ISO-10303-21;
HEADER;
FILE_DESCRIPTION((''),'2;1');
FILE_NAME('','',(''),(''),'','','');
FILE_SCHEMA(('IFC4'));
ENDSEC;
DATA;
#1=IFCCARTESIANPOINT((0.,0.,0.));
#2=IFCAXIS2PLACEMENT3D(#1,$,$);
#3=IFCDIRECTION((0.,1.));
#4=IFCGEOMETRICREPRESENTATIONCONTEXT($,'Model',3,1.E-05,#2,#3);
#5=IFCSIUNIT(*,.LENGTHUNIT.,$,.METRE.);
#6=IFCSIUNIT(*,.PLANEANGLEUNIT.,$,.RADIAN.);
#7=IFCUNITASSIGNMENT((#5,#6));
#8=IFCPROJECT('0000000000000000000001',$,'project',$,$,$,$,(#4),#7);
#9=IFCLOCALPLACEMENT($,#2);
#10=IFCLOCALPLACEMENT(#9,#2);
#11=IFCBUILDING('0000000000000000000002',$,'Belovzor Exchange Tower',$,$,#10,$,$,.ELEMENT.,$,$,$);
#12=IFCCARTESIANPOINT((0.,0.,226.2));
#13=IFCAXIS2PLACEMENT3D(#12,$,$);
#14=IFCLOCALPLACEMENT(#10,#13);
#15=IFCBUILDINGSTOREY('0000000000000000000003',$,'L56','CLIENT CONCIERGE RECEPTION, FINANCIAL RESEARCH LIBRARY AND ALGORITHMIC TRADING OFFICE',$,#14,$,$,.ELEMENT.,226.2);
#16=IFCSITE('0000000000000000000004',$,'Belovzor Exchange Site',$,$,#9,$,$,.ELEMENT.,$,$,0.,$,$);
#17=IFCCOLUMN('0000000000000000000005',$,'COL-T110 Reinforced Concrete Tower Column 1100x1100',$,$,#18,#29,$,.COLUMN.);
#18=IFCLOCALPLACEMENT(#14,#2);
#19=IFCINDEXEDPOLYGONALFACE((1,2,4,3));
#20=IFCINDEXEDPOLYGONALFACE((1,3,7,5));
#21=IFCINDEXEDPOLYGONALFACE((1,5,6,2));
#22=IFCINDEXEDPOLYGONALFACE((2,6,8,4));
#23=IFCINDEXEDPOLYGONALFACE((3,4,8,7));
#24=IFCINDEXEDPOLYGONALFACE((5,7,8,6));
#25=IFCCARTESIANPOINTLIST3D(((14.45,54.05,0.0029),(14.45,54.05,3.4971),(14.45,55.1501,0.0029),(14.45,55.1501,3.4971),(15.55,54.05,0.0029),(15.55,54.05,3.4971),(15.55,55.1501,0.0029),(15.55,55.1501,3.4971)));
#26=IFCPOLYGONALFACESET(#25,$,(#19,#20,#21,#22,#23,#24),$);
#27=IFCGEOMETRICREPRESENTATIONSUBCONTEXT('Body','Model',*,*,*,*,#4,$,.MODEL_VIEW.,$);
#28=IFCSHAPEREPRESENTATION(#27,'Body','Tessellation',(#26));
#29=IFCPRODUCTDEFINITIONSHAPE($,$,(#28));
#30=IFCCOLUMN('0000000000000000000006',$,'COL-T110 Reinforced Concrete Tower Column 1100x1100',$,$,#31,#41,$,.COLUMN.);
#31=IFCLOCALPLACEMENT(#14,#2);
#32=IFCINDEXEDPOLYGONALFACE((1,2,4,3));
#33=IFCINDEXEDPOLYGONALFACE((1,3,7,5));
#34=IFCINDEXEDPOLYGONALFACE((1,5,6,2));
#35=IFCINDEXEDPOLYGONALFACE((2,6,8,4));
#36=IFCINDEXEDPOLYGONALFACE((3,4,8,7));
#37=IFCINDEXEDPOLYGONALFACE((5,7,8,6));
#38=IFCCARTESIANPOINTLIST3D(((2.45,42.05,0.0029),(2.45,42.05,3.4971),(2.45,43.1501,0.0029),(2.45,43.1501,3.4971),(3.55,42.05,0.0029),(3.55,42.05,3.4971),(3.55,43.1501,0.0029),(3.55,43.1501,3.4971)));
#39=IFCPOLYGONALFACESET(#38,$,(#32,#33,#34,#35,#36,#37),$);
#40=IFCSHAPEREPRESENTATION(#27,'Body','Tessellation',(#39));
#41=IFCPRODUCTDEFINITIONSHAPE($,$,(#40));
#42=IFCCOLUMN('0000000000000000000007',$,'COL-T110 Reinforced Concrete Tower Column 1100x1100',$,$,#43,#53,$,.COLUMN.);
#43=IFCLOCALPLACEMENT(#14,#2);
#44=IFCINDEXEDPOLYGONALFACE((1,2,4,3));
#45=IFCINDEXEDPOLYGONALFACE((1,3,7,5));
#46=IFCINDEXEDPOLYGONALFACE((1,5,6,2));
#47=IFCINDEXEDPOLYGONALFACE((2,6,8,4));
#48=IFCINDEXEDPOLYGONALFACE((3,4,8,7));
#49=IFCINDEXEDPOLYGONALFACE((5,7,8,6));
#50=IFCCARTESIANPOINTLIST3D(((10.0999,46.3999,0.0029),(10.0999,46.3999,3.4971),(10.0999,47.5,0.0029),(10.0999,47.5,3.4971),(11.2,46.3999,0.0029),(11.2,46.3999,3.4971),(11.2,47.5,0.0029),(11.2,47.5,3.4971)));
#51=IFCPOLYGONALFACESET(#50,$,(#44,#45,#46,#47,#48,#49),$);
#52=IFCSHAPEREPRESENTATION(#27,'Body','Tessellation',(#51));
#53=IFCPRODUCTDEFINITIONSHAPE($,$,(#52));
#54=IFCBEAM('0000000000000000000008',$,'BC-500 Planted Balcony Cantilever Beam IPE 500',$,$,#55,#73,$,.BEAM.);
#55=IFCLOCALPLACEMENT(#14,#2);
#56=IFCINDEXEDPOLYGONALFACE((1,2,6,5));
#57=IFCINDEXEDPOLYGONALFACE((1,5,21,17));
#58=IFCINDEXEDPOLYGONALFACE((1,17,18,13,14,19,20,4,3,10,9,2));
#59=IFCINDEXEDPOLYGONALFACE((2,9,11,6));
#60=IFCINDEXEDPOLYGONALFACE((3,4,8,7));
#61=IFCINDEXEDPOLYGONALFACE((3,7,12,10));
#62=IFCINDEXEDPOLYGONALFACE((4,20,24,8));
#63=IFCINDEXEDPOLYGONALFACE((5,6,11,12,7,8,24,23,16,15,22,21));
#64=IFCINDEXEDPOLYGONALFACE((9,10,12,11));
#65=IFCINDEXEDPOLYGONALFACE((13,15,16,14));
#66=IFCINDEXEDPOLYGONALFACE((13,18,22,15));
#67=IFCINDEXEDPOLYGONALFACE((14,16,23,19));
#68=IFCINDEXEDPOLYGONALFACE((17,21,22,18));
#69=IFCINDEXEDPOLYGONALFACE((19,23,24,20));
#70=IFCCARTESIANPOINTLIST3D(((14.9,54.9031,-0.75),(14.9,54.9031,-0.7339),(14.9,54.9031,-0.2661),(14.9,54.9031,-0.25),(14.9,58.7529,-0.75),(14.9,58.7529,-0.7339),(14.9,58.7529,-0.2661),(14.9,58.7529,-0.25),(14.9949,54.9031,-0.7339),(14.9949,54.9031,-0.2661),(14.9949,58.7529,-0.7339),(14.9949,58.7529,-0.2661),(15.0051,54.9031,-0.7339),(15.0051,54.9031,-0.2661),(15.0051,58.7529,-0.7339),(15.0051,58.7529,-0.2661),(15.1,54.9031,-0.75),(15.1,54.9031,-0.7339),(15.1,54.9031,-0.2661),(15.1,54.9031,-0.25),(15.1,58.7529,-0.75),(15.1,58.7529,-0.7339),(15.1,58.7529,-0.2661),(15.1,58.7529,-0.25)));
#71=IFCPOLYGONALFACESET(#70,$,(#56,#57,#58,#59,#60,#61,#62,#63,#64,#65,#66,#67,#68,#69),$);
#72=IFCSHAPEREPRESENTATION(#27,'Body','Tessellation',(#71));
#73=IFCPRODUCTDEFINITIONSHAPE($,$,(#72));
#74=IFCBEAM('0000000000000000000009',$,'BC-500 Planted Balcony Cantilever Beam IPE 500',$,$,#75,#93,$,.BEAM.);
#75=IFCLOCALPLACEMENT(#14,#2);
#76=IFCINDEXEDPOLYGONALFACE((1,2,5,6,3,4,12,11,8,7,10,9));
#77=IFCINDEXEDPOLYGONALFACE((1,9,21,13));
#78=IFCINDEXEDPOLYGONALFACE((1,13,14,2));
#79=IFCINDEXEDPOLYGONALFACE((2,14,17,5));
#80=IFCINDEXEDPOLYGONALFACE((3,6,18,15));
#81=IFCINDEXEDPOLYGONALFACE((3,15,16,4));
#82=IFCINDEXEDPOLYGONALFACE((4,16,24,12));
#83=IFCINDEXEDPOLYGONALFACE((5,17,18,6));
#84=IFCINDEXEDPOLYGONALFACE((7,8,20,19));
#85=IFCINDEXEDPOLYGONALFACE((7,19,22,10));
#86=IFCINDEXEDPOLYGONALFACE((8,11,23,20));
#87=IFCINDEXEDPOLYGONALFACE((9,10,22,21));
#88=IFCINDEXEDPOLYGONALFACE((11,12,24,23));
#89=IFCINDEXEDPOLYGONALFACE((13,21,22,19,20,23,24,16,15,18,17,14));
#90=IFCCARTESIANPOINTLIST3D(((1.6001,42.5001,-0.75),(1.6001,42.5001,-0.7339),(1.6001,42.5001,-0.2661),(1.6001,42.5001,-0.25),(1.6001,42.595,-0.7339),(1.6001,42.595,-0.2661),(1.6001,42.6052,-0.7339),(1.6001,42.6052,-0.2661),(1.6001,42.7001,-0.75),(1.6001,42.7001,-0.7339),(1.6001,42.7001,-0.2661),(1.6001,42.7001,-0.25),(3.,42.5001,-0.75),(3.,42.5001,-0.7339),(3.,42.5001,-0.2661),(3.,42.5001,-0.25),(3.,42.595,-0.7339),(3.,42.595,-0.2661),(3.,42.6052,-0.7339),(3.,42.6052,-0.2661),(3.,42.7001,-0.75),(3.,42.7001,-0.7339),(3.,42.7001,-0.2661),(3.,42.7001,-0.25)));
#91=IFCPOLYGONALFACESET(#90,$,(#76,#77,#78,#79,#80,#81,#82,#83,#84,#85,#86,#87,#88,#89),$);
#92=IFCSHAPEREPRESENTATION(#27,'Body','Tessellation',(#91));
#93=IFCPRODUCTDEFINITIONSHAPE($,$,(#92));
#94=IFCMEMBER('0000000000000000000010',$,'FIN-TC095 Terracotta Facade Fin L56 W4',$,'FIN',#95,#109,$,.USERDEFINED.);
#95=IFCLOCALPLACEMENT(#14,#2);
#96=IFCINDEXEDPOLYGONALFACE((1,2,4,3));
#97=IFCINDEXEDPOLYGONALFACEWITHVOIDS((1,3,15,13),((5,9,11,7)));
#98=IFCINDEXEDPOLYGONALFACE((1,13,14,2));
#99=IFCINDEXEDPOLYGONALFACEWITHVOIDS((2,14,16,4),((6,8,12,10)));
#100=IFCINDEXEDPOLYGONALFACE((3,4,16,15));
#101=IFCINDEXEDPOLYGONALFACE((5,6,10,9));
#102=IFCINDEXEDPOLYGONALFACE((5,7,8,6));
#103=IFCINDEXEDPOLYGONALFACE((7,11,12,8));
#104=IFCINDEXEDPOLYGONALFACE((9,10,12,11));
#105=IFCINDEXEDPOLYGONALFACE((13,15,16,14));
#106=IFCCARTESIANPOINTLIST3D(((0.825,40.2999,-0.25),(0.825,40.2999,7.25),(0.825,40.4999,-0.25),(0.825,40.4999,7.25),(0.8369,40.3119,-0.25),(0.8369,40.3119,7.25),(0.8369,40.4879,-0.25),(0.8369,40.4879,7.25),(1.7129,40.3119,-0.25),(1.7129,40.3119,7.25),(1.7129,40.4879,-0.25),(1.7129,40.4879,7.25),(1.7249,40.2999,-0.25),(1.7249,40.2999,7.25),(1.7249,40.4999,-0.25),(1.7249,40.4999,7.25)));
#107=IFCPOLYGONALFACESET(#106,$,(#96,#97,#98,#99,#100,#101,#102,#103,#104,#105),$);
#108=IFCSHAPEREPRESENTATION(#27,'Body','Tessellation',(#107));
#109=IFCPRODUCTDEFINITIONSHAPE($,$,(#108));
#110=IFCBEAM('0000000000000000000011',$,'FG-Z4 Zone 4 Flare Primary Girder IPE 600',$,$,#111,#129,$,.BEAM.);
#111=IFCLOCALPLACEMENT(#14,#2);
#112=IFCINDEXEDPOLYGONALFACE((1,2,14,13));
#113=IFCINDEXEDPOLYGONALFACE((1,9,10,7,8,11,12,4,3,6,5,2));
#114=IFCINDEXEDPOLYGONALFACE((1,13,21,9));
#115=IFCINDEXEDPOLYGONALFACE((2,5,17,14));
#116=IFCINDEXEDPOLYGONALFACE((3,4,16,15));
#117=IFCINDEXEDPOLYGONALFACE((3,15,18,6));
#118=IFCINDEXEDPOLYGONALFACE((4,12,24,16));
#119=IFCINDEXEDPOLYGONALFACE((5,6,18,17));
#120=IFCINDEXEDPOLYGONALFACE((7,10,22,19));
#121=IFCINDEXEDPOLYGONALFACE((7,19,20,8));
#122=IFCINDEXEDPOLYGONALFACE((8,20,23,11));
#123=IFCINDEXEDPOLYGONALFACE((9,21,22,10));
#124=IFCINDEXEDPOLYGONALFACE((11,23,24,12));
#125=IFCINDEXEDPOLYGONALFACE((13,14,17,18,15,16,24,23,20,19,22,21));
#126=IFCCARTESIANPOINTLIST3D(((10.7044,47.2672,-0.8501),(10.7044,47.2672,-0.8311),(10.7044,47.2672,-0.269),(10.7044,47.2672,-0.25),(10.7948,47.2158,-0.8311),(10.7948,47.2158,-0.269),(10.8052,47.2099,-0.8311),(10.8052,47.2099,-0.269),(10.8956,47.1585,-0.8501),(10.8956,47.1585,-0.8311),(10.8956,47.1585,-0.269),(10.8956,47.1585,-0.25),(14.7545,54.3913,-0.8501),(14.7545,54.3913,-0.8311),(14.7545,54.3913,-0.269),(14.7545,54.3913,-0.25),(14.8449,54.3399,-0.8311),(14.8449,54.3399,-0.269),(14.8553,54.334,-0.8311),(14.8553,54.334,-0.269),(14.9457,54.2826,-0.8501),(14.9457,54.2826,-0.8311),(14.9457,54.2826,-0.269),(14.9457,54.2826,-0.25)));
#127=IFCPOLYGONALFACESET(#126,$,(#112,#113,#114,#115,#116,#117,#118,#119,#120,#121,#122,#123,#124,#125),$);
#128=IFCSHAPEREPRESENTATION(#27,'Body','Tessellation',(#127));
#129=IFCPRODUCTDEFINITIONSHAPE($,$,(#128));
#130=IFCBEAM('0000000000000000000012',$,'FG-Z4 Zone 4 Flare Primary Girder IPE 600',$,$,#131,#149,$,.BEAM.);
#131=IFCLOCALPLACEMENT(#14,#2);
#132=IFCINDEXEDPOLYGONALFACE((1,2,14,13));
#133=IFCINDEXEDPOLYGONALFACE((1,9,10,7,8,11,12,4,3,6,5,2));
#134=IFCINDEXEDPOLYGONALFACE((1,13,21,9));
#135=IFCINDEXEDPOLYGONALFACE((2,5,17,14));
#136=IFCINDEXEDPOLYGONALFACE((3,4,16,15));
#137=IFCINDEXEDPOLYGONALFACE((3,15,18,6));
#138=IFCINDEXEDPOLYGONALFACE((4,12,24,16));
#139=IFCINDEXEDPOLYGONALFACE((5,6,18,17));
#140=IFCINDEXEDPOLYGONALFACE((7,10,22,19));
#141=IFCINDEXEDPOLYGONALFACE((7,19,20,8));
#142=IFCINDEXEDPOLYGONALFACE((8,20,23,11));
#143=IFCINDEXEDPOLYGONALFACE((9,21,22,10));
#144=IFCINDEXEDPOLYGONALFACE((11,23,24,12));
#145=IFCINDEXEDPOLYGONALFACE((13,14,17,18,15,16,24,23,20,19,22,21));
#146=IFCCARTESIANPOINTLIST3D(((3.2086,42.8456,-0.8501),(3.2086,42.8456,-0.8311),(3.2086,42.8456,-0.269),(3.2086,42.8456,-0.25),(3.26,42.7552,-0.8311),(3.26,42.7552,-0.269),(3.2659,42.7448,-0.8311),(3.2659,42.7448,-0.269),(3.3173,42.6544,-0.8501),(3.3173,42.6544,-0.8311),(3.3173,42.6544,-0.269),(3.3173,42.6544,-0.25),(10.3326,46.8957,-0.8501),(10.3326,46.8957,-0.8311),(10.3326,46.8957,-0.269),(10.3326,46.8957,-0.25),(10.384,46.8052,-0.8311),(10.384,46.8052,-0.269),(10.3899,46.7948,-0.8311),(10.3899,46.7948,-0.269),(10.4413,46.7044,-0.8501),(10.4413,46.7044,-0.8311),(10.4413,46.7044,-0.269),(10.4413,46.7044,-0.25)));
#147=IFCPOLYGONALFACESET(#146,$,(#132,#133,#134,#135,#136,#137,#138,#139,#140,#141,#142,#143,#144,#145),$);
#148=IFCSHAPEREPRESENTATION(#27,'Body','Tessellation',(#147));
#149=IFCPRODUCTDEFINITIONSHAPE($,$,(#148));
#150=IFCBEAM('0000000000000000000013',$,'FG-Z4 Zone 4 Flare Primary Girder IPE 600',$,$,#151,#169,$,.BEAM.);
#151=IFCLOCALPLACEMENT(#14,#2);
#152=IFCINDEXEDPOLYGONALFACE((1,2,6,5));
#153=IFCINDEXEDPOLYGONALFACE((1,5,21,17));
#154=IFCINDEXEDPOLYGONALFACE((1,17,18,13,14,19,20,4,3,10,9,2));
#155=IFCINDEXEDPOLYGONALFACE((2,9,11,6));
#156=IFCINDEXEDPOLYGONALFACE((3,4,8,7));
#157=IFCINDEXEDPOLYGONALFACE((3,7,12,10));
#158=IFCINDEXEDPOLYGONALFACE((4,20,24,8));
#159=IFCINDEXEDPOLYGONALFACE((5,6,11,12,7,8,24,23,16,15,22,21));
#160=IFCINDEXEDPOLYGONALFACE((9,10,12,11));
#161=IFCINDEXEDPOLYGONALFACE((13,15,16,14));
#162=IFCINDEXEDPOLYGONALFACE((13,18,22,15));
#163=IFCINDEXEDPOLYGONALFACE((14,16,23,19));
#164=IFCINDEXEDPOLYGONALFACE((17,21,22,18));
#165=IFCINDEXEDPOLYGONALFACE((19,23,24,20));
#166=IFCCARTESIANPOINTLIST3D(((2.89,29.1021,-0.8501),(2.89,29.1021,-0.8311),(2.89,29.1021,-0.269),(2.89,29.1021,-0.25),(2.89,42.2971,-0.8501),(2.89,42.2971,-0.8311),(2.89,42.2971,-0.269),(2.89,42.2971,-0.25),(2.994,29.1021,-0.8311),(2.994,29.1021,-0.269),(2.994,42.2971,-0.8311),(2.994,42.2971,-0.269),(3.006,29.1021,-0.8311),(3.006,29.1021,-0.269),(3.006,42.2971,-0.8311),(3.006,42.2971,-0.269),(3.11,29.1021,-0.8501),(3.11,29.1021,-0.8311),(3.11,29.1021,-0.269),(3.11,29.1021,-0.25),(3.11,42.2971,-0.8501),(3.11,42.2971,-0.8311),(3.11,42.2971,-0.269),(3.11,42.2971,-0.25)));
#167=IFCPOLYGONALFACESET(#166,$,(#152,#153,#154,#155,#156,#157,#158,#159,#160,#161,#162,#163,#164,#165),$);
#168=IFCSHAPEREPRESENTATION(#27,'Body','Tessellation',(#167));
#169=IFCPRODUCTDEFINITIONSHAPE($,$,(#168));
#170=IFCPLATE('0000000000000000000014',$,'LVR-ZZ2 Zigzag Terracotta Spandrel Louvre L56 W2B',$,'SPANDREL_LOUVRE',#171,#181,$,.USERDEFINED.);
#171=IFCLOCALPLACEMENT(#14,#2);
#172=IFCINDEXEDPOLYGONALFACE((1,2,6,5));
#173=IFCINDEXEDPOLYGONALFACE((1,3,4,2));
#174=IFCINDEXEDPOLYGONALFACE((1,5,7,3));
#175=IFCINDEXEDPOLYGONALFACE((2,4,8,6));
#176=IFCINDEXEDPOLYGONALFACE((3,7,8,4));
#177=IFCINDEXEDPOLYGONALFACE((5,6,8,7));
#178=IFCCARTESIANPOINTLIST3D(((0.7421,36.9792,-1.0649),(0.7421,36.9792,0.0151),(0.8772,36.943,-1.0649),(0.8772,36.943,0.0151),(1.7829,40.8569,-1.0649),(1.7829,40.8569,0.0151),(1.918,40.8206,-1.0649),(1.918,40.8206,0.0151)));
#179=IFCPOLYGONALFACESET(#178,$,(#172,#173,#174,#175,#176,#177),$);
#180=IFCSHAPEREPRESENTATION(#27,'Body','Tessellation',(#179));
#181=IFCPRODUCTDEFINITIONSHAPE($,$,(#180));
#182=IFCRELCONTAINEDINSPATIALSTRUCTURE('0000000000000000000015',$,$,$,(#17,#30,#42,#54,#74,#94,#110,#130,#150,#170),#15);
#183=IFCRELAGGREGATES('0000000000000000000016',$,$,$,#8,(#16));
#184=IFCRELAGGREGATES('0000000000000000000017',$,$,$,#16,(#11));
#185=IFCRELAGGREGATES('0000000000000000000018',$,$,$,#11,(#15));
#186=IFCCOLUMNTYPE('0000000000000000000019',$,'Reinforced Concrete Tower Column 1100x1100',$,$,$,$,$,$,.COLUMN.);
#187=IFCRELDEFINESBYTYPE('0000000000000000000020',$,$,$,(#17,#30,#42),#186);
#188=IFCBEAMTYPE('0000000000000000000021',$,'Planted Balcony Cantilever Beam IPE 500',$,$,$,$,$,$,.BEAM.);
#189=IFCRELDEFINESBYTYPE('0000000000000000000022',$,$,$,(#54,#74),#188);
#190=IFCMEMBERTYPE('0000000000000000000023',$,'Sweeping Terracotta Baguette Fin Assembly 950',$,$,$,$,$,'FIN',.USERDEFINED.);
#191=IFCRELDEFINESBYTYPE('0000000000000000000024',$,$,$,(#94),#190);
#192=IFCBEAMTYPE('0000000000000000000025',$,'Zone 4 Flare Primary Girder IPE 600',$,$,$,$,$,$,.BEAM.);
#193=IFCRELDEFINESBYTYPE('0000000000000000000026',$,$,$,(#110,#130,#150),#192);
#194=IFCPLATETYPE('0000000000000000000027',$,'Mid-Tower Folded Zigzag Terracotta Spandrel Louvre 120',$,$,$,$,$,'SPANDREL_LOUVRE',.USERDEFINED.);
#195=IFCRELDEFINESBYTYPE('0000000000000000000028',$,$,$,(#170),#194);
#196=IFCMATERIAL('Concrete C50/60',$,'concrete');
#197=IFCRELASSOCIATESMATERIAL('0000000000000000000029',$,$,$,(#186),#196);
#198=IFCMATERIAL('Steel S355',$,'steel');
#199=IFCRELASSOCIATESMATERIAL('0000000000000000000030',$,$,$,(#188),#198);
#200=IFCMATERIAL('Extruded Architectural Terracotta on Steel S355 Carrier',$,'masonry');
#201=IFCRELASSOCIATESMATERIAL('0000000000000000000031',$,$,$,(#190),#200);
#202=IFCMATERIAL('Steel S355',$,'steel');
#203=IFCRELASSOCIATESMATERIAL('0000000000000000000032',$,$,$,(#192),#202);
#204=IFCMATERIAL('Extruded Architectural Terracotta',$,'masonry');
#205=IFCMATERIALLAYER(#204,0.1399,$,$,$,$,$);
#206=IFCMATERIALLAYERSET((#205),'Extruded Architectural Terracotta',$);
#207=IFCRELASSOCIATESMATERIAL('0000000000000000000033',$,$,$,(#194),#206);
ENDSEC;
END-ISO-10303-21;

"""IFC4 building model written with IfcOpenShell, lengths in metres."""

from ifc_helpers import new_model, si_unit, direction, frame, origin, origin_2d, place, context, subcontext, project, spatial, rectangle, hollow_rectangle, i_section, extrude, material, layer, layer_set, material_profile, profile_set, type_object, element, save


model = new_model("IFC4")

# Units and contexts
model_context = context("Model", 3, precision=1e-05, world=origin(), true_north=direction((0.0, 1.0)))
body_context = subcontext(model_context, "Body", "Model", "MODEL_VIEW")
ifc_project = project(units=[si_unit("LENGTHUNIT", "METRE"), si_unit("PLANEANGLEUNIT", "RADIAN")], contexts=[model_context])

# Site, building, storey
site_placement = place(None, origin())
site = spatial("IfcSite", under=ifc_project, at=site_placement, Name="Belovzor Exchange Site", CompositionType="ELEMENT", RefElevation=0.0)
building_placement = place(site_placement, origin())
building = spatial("IfcBuilding", under=site, at=building_placement, Name="Belovzor Exchange Tower", CompositionType="ELEMENT")
storey_placement = place(building_placement, frame((0.0, 0.0, 226.2)))
storey = spatial("IfcBuildingStorey", under=building, at=storey_placement, Name="L56", Description="CLIENT CONCIERGE RECEPTION, FINANCIAL RESEARCH LIBRARY AND ALGORITHMIC TRADING OFFICE", CompositionType="ELEMENT", Elevation=226.2)

# Columns
ifc_material_1 = material(Name="Concrete C50/60", Category="concrete")
ifc_material_profile_1 = material_profile(ifc_material_1, rectangle(XDim=1.1001, YDim=1.1001, at=origin_2d()))
ifc_profile_set_1 = profile_set([ifc_material_profile_1], Name="Concrete C50/60")
column_type = type_object("IfcColumnType", Name="Reinforced Concrete Tower Column 1100x1100", PredefinedType="COLUMN", material=ifc_profile_set_1)
for number, where, z_axis, x_axis, name in (
    (1, (15.0, 54.6001, 0.0029), (0.0, 0.0, 1.0), (1.0, 0.0, 0.0), "COL-T110 Reinforced Concrete Tower Column 1100x1100"),
    (2, (3.0, 42.6001, 0.0029), (0.0, 0.0, 1.0), (1.0, 0.0, 0.0), "COL-T110 Reinforced Concrete Tower Column 1100x1100"),
    (3, (10.6499, 46.95, 0.0029), (0.0, 0.0, 1.0), (1.0, 0.0, 0.0), "COL-T110 Reinforced Concrete Tower Column 1100x1100"),
):
    element("IfcColumn", number, at=place(storey_placement, frame(where, z_axis=z_axis, x_axis=x_axis)), inside=storey, type_object=column_type, Name=name, PredefinedType="COLUMN", context=body_context, shape_type="SweptSolid", body=[
        extrude(rectangle(XDim=1.1001, YDim=1.1001, at=origin_2d()), origin(), (0.0, 0.0, 1.0), 3.4941),
    ])

# Beams
ifc_material_2 = material(Name="Steel S355", Category="steel")
ifc_material_profile_2 = material_profile(ifc_material_2, i_section(OverallWidth=0.2, OverallDepth=0.5, WebThickness=0.0103, FlangeThickness=0.0161, at=origin_2d()))
ifc_profile_set_2 = profile_set([ifc_material_profile_2], Name="Steel S355")
beam_type_1 = type_object("IfcBeamType", Name="Planted Balcony Cantilever Beam IPE 500", PredefinedType="BEAM", material=ifc_profile_set_2)
beam_1_placement = place(storey_placement, frame((15.0, 54.9031, -0.5), z_axis=(0.0, 1.0, 0.0), x_axis=(-1.0, 0.0, 0.0)))
element("IfcBeam", 4, at=beam_1_placement, inside=storey, type_object=beam_type_1, Name="BC-500 Planted Balcony Cantilever Beam IPE 500", PredefinedType="BEAM", context=body_context, shape_type="SweptSolid", body=[
    extrude(i_section(OverallWidth=0.2, OverallDepth=0.5, WebThickness=0.0103, FlangeThickness=0.0161, at=origin_2d()), origin(), (0.0, 0.0, 1.0), 3.8499),
])
beam_2_placement = place(storey_placement, frame((3.0, 42.6001, -0.5), z_axis=(-1.0, 0.0, 0.0), x_axis=(0.0, -1.0, 0.0)))
element("IfcBeam", 5, at=beam_2_placement, inside=storey, type_object=beam_type_1, Name="BC-500 Planted Balcony Cantilever Beam IPE 500", PredefinedType="BEAM", context=body_context, shape_type="SweptSolid", body=[
    extrude(i_section(OverallWidth=0.2, OverallDepth=0.5, WebThickness=0.0103, FlangeThickness=0.0161, at=origin_2d()), origin(), (0.0, 0.0, 1.0), 1.3999),
])

# Member
ifc_material_3 = material(Name="Extruded Architectural Terracotta on Steel S355 Carrier", Category="masonry")
ifc_material_profile_3 = material_profile(ifc_material_3, hollow_rectangle(XDim=0.2, YDim=0.8999, WallThickness=0.012, at=origin_2d()))
ifc_profile_set_3 = profile_set([ifc_material_profile_3], Name="Extruded Architectural Terracotta on Steel S355 Carrier")
member_type = type_object("IfcMemberType", Name="Sweeping Terracotta Baguette Fin Assembly 950", ElementType="FIN", PredefinedType="USERDEFINED", material=ifc_profile_set_3)
member_placement = place(storey_placement, frame((1.2749, 40.3999, -0.25), z_axis=(0.0, 0.0, 1.0), x_axis=(0.0, 1.0, 0.0)))
element("IfcMember", 6, at=member_placement, inside=storey, type_object=member_type, Name="FIN-TC095 Terracotta Facade Fin L56 W4", ObjectType="FIN", PredefinedType="USERDEFINED", context=body_context, shape_type="SweptSolid", body=[
    extrude(hollow_rectangle(XDim=0.2, YDim=0.8999, WallThickness=0.012, at=origin_2d()), origin(), (0.0, 0.0, 1.0), 7.5),
])

# Beams
ifc_material_4 = material(Name="Steel S355", Category="steel")
ifc_material_profile_4 = material_profile(ifc_material_4, i_section(OverallWidth=0.22, OverallDepth=0.6001, WebThickness=0.012, FlangeThickness=0.019, at=origin_2d()))
ifc_profile_set_4 = profile_set([ifc_material_profile_4], Name="Steel S355")
beam_type_2 = type_object("IfcBeamType", Name="Zone 4 Flare Primary Girder IPE 600", PredefinedType="BEAM", material=ifc_profile_set_4)
for number, where, z_axis, x_axis, name in (
    (7, (14.8501, 54.3369, -0.55), (-0.494222, -0.869336, 0.0), (0.869336, -0.494222, 0.0), "FG-Z4 Zone 4 Flare Primary Girder IPE 600"),
    (8, (10.387, 46.8, -0.55), (-0.869336, -0.494222, 0.0), (0.494222, -0.869336, 0.0), "FG-Z4 Zone 4 Flare Primary Girder IPE 600"),
):
    element("IfcBeam", number, at=place(storey_placement, frame(where, z_axis=z_axis, x_axis=x_axis)), inside=storey, type_object=beam_type_2, Name=name, PredefinedType="BEAM", context=body_context, shape_type="SweptSolid", body=[
        extrude(i_section(OverallWidth=0.22, OverallDepth=0.6001, WebThickness=0.012, FlangeThickness=0.019, at=origin_2d()), origin(), (0.0, 0.0, 1.0), 8.1948),
    ])
beam_3_placement = place(storey_placement, frame((3.0, 42.2971, -0.55), z_axis=(0.0, -1.0, 0.0), x_axis=(1.0, 0.0, 0.0)))
element("IfcBeam", 9, at=beam_3_placement, inside=storey, type_object=beam_type_2, Name="FG-Z4 Zone 4 Flare Primary Girder IPE 600", PredefinedType="BEAM", context=body_context, shape_type="SweptSolid", body=[
    extrude(i_section(OverallWidth=0.22, OverallDepth=0.6001, WebThickness=0.012, FlangeThickness=0.019, at=origin_2d()), origin(), (0.0, 0.0, 1.0), 13.1951),
])

# Plate
ifc_material_5 = material(Name="Extruded Architectural Terracotta", Category="masonry")
ifc_layer_1 = layer(ifc_material_5, 0.1399)
ifc_layer_set_1 = layer_set([ifc_layer_1], Name="Extruded Architectural Terracotta")
plate_type = type_object("IfcPlateType", Name="Mid-Tower Folded Zigzag Terracotta Spandrel Louvre 120", ElementType="SPANDREL_LOUVRE", PredefinedType="USERDEFINED", material=ifc_layer_set_1)
plate_placement = place(storey_placement, frame((1.3301, 38.8999, -1.0649), z_axis=(0.0, 0.0, 1.0), x_axis=(0.25924, 0.965813, 0.0)))
element("IfcPlate", 10, at=plate_placement, inside=storey, type_object=plate_type, Name="LVR-ZZ2 Zigzag Terracotta Spandrel Louvre L56 W2B", ObjectType="SPANDREL_LOUVRE", PredefinedType="USERDEFINED", context=body_context, shape_type="SweptSolid", body=[
    extrude(rectangle(XDim=4.0149, YDim=0.1399, at=origin_2d()), origin(), (0.0, 0.0, 1.0), 1.0801),
])

save(model, "model.ifc")
